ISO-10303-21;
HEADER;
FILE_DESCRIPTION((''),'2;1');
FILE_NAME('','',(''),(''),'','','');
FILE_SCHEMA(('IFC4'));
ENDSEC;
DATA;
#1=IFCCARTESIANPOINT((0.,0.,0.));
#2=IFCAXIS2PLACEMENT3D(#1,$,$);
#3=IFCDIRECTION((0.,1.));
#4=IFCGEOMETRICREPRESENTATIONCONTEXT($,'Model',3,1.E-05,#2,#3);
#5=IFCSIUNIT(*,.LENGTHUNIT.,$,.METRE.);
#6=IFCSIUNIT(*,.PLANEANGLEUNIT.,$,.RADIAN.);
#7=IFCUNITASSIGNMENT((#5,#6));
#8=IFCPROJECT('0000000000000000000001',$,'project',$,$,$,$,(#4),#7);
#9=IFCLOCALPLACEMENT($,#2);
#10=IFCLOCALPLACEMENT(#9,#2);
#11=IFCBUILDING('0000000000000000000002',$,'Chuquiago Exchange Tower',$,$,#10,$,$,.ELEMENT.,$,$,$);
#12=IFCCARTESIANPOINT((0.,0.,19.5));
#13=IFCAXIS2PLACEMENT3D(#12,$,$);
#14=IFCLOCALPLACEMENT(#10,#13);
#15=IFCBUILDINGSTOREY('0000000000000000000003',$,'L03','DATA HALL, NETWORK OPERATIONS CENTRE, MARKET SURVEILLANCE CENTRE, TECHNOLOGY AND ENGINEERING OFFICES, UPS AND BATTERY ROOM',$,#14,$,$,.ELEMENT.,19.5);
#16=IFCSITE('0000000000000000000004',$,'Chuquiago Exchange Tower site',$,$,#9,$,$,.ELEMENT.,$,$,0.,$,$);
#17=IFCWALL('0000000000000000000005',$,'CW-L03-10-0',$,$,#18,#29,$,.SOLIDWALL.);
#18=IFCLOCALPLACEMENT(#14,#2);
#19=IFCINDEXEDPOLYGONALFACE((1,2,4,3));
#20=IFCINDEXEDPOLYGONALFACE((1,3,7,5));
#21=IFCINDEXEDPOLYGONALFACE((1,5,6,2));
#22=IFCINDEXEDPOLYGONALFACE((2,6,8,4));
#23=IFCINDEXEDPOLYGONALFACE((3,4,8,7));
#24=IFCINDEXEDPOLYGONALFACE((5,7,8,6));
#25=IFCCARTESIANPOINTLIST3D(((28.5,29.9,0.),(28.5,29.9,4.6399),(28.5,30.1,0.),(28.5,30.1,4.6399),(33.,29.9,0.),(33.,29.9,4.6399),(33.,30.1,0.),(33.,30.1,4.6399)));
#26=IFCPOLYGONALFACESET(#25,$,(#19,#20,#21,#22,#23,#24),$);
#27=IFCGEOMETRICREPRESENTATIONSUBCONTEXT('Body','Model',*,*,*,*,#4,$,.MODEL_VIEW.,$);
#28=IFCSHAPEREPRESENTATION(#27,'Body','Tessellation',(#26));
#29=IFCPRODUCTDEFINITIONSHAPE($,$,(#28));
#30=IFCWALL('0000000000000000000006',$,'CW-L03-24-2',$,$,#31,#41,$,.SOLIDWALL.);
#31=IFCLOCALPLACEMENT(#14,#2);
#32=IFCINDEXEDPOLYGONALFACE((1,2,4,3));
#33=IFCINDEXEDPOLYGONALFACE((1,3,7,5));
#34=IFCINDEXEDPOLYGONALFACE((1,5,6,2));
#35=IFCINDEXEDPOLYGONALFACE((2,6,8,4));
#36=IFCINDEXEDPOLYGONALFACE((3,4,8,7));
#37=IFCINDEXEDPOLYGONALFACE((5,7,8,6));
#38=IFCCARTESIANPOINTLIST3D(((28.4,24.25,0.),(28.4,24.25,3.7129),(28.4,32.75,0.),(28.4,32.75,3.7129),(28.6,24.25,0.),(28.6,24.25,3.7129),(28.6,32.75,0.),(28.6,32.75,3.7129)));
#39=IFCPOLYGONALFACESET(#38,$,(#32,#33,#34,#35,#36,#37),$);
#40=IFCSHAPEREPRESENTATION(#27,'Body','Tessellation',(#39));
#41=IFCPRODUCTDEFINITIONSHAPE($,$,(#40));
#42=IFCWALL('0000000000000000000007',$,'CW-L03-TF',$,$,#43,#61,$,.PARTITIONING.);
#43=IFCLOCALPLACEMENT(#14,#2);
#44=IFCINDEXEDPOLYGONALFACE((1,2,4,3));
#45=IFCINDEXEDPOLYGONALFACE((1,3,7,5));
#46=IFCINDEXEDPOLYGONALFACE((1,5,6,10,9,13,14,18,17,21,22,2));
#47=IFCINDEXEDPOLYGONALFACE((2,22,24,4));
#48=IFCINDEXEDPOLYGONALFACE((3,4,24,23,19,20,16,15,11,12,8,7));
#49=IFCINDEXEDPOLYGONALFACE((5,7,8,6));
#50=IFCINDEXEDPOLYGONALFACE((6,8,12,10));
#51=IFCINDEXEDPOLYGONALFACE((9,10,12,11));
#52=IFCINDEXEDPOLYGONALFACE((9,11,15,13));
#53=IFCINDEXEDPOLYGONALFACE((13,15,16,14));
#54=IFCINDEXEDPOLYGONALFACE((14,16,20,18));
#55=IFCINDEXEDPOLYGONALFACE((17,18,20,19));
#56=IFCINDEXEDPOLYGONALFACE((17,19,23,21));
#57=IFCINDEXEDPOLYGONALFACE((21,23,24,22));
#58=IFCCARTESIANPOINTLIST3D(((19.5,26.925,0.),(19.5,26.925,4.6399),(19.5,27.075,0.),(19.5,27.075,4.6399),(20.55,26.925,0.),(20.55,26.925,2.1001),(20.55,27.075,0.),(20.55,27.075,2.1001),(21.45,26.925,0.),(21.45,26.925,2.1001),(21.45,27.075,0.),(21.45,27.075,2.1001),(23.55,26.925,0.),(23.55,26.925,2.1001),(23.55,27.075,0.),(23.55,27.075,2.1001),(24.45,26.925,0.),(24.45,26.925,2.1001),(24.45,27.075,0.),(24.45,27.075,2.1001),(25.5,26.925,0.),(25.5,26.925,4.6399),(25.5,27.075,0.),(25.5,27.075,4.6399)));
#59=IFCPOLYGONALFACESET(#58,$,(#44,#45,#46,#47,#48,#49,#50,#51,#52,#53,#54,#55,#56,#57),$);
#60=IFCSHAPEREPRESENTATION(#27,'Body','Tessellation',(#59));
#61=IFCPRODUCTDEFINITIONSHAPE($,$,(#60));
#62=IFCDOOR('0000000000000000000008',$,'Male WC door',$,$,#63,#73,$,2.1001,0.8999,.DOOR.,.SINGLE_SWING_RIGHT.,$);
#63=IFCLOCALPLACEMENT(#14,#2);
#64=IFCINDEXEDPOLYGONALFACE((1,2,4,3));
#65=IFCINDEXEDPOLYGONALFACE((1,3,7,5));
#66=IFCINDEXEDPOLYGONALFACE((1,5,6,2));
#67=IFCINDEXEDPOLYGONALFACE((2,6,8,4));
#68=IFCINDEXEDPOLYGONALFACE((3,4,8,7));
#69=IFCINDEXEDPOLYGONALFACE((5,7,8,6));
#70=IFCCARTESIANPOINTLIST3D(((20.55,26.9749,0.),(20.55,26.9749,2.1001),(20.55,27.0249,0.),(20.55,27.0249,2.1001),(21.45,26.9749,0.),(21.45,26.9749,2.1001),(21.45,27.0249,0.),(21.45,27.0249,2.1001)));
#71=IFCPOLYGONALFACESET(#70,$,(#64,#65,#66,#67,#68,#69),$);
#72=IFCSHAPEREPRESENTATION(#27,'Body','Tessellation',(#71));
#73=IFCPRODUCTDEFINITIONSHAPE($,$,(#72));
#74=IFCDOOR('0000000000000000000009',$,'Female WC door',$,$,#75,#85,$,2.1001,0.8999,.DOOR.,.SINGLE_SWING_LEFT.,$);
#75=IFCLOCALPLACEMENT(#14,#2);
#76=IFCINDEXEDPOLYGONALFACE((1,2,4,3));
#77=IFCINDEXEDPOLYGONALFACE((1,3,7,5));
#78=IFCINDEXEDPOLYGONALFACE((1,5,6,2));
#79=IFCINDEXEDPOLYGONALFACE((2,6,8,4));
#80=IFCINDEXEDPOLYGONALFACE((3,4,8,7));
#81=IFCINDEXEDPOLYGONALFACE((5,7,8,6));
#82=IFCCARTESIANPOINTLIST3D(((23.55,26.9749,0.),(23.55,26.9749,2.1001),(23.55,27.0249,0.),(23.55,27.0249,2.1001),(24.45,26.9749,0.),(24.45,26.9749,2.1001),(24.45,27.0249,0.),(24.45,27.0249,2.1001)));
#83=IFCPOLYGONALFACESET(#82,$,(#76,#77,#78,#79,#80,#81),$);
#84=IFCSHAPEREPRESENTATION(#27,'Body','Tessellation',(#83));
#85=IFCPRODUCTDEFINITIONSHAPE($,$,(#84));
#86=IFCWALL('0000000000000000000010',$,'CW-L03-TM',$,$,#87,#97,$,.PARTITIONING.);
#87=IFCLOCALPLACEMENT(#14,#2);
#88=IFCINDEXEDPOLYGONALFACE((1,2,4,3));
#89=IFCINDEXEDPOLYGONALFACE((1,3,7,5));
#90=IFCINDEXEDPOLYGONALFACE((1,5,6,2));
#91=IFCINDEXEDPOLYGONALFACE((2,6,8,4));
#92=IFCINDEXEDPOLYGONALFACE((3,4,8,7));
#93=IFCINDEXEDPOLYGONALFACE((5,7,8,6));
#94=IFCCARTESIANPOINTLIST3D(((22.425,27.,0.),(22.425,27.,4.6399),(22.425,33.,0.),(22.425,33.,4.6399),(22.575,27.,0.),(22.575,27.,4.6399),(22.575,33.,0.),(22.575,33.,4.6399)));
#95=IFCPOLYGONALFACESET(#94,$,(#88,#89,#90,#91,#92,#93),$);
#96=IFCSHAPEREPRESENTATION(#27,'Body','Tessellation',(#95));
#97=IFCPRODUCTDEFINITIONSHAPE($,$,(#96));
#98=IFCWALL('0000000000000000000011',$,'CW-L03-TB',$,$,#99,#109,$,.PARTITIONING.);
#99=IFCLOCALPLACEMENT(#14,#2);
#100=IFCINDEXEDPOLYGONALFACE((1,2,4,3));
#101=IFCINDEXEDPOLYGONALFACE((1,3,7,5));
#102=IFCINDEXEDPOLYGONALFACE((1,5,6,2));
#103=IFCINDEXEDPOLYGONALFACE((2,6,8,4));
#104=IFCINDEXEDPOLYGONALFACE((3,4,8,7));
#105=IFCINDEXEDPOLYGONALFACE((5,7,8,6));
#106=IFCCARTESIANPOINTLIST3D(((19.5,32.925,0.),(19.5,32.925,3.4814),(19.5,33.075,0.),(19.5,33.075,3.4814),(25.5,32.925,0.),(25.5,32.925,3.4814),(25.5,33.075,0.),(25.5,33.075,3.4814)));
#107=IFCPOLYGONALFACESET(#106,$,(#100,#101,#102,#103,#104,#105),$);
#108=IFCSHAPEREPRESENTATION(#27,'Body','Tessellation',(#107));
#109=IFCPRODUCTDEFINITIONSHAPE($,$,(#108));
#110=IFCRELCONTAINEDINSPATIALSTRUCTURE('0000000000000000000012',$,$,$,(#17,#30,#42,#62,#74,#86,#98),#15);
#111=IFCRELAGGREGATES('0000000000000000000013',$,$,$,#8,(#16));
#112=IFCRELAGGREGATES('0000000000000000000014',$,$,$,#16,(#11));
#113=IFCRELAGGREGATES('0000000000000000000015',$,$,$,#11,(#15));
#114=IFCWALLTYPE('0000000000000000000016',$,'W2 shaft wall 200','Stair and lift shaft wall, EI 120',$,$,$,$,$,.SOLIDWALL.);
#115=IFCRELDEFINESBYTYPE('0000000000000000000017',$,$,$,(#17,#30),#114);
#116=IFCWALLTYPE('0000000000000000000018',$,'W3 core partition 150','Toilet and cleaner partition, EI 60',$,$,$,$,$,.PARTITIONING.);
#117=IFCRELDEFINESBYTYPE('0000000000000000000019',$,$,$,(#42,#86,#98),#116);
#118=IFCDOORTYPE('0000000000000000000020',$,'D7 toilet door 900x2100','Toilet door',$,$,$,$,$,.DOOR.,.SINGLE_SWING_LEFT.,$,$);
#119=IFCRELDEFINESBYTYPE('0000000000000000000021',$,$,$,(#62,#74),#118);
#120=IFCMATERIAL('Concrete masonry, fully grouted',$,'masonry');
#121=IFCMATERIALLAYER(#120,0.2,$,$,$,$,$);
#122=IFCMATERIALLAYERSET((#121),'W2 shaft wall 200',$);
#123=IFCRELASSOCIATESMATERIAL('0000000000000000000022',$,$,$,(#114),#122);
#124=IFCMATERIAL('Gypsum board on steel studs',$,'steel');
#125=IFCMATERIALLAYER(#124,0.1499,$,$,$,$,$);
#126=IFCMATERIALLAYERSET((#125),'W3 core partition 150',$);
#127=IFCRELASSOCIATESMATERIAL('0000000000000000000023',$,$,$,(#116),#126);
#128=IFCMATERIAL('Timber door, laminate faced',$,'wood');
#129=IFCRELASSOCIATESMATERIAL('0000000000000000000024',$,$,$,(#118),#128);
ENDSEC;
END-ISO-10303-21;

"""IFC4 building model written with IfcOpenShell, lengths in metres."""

from ifc_helpers import new_model, si_unit, direction, frame, frame_2d, origin, place, context, subcontext, project, spatial, rectangle, extrude, material, layer, layer_set, type_object, element, fill, save


model = new_model("IFC4")

# Units and contexts
model_context = context("Model", 3, precision=1e-05, world=origin(), true_north=direction((0.0, 1.0)))
body_context = subcontext(model_context, "Body", "Model", "MODEL_VIEW")
ifc_project = project(units=[si_unit("LENGTHUNIT", "METRE"), si_unit("PLANEANGLEUNIT", "RADIAN")], contexts=[model_context])

# Site, building, storey
site_placement = place(None, origin())
site = spatial("IfcSite", under=ifc_project, at=site_placement, Name="Chuquiago Exchange Tower site", CompositionType="ELEMENT", RefElevation=0.0)
building_placement = place(site_placement, origin())
building = spatial("IfcBuilding", under=site, at=building_placement, Name="Chuquiago Exchange Tower", CompositionType="ELEMENT")
storey_placement = place(building_placement, frame((0.0, 0.0, 19.5)))
storey = spatial("IfcBuildingStorey", under=building, at=storey_placement, Name="L03", Description="DATA HALL, NETWORK OPERATIONS CENTRE, MARKET SURVEILLANCE CENTRE, TECHNOLOGY AND ENGINEERING OFFICES, UPS AND BATTERY ROOM", CompositionType="ELEMENT", Elevation=19.5)

# Walls
ifc_material_1 = material(Name="Concrete masonry, fully grouted", Category="masonry")
ifc_layer_1 = layer(ifc_material_1, 0.2)
ifc_layer_set_1 = layer_set([ifc_layer_1], Name="W2 shaft wall 200")
wall_type_1 = type_object("IfcWallType", Name="W2 shaft wall 200", Description="Stair and lift shaft wall, EI 120", PredefinedType="SOLIDWALL", material=ifc_layer_set_1)
wall_1_placement = place(storey_placement, frame((28.5, 30.0, 0.0), z_axis=(0.0, 0.0, 1.0), x_axis=(1.0, 0.0, 0.0)))
element("IfcWall", 1, at=wall_1_placement, inside=storey, type_object=wall_type_1, Name="CW-L03-10-0", PredefinedType="SOLIDWALL", context=body_context, shape_type="SweptSolid", body=[
    extrude(rectangle(XDim=4.5, YDim=0.2, at=frame_2d((2.25, 0.0))), origin(), (0.0, 0.0, 1.0), 4.6399),
])
wall_2_placement = place(storey_placement, frame((28.5, 24.25, 0.0), z_axis=(0.0, 0.0, 1.0), x_axis=(0.0, 1.0, 0.0)))
element("IfcWall", 2, at=wall_2_placement, inside=storey, type_object=wall_type_1, Name="CW-L03-24-2", PredefinedType="SOLIDWALL", context=body_context, shape_type="SweptSolid", body=[
    extrude(rectangle(XDim=8.5, YDim=0.2, at=frame_2d((4.25, 0.0))), origin(), (0.0, 0.0, 1.0), 3.7129),
])

# Wall, openings, doors
ifc_material_2 = material(Name="Gypsum board on steel studs", Category="steel")
ifc_layer_2 = layer(ifc_material_2, 0.1499)
ifc_layer_set_2 = layer_set([ifc_layer_2], Name="W3 core partition 150")
wall_type_2 = type_object("IfcWallType", Name="W3 core partition 150", Description="Toilet and cleaner partition, EI 60", PredefinedType="PARTITIONING", material=ifc_layer_set_2)
wall_3_placement = place(storey_placement, frame((19.5, 27.0, 0.0), z_axis=(0.0, 0.0, 1.0), x_axis=(1.0, 0.0, 0.0)))
wall_3 = element("IfcWall", 3, at=wall_3_placement, inside=storey, type_object=wall_type_2, Name="CW-L03-TF", PredefinedType="PARTITIONING", context=body_context, shape_type="SweptSolid", body=[
    extrude(rectangle(XDim=6.0, YDim=0.1499, at=frame_2d((3.0, 0.0))), origin(), (0.0, 0.0, 1.0), 4.6399),
])
opening_1_placement = place(wall_3_placement, frame((1.05, 0.0, 0.0)))
opening_1 = element("IfcOpeningElement", 4, at=opening_1_placement, cuts=wall_3, PredefinedType="OPENING", context=body_context, shape_type="SweptSolid", body=[
    extrude(rectangle(XDim=0.8999, YDim=2.1001, at=frame_2d((0.45, 1.05))), frame((0.0, 0.085, 0.0), z_axis=(0.0, -1.0, 0.0), x_axis=(1.0, 0.0, 0.0)), (0.0, 0.0, 1.0), 0.1699),
])
opening_2_placement = place(wall_3_placement, frame((4.05, 0.0, 0.0)))
opening_2 = element("IfcOpeningElement", 5, at=opening_2_placement, cuts=wall_3, PredefinedType="OPENING", context=body_context, shape_type="SweptSolid", body=[
    extrude(rectangle(XDim=0.8999, YDim=2.1001, at=frame_2d((0.45, 1.05))), frame((0.0, 0.085, 0.0), z_axis=(0.0, -1.0, 0.0), x_axis=(1.0, 0.0, 0.0)), (0.0, 0.0, 1.0), 0.1699),
])
ifc_material_3 = material(Name="Timber door, laminate faced", Category="wood")
door_type_1 = type_object("IfcDoorType", Name="D7 toilet door 900x2100", Description="Toilet door", OperationType="SINGLE_SWING_LEFT", PredefinedType="DOOR", material=ifc_material_3)
door_1_placement = place(opening_1_placement, origin())
door_1 = element("IfcDoor", 6, at=door_1_placement, inside=storey, type_object=door_type_1, Name="Male WC door", OperationType="SINGLE_SWING_RIGHT", OverallHeight=2.1001, OverallWidth=0.8999, PredefinedType="DOOR", context=body_context, shape_type="SweptSolid", body=[
    extrude(rectangle(XDim=0.8999, YDim=2.1001, at=frame_2d((0.45, 1.05))), frame((0.0, 0.0249, 0.0), z_axis=(0.0, -1.0, 0.0), x_axis=(1.0, 0.0, 0.0)), (0.0, 0.0, 1.0), 0.05),
])
fill(opening_1, door_1)
door_2_placement = place(opening_2_placement, origin())
door_2 = element("IfcDoor", 7, at=door_2_placement, inside=storey, type_object=door_type_1, Name="Female WC door", OperationType="SINGLE_SWING_LEFT", OverallHeight=2.1001, OverallWidth=0.8999, PredefinedType="DOOR", context=body_context, shape_type="SweptSolid", body=[
    extrude(rectangle(XDim=0.8999, YDim=2.1001, at=frame_2d((0.45, 1.05))), frame((0.0, 0.0249, 0.0), z_axis=(0.0, -1.0, 0.0), x_axis=(1.0, 0.0, 0.0)), (0.0, 0.0, 1.0), 0.05),
])
fill(opening_2, door_2)

# Walls
wall_4_placement = place(storey_placement, frame((22.5, 27.0, 0.0), z_axis=(0.0, 0.0, 1.0), x_axis=(0.0, 1.0, 0.0)))
element("IfcWall", 8, at=wall_4_placement, inside=storey, type_object=wall_type_2, Name="CW-L03-TM", PredefinedType="PARTITIONING", context=body_context, shape_type="SweptSolid", body=[
    extrude(rectangle(XDim=6.0, YDim=0.1499, at=frame_2d((3.0, 0.0))), origin(), (0.0, 0.0, 1.0), 4.6399),
])
wall_5_placement = place(storey_placement, frame((19.5, 33.0, 0.0), z_axis=(0.0, 0.0, 1.0), x_axis=(1.0, 0.0, 0.0)))
element("IfcWall", 9, at=wall_5_placement, inside=storey, type_object=wall_type_2, Name="CW-L03-TB", PredefinedType="PARTITIONING", context=body_context, shape_type="SweptSolid", body=[
    extrude(rectangle(XDim=6.0, YDim=0.1499, at=frame_2d((3.0, 0.0))), origin(), (0.0, 0.0, 1.0), 3.4814),
])

save(model, "model.ifc")
